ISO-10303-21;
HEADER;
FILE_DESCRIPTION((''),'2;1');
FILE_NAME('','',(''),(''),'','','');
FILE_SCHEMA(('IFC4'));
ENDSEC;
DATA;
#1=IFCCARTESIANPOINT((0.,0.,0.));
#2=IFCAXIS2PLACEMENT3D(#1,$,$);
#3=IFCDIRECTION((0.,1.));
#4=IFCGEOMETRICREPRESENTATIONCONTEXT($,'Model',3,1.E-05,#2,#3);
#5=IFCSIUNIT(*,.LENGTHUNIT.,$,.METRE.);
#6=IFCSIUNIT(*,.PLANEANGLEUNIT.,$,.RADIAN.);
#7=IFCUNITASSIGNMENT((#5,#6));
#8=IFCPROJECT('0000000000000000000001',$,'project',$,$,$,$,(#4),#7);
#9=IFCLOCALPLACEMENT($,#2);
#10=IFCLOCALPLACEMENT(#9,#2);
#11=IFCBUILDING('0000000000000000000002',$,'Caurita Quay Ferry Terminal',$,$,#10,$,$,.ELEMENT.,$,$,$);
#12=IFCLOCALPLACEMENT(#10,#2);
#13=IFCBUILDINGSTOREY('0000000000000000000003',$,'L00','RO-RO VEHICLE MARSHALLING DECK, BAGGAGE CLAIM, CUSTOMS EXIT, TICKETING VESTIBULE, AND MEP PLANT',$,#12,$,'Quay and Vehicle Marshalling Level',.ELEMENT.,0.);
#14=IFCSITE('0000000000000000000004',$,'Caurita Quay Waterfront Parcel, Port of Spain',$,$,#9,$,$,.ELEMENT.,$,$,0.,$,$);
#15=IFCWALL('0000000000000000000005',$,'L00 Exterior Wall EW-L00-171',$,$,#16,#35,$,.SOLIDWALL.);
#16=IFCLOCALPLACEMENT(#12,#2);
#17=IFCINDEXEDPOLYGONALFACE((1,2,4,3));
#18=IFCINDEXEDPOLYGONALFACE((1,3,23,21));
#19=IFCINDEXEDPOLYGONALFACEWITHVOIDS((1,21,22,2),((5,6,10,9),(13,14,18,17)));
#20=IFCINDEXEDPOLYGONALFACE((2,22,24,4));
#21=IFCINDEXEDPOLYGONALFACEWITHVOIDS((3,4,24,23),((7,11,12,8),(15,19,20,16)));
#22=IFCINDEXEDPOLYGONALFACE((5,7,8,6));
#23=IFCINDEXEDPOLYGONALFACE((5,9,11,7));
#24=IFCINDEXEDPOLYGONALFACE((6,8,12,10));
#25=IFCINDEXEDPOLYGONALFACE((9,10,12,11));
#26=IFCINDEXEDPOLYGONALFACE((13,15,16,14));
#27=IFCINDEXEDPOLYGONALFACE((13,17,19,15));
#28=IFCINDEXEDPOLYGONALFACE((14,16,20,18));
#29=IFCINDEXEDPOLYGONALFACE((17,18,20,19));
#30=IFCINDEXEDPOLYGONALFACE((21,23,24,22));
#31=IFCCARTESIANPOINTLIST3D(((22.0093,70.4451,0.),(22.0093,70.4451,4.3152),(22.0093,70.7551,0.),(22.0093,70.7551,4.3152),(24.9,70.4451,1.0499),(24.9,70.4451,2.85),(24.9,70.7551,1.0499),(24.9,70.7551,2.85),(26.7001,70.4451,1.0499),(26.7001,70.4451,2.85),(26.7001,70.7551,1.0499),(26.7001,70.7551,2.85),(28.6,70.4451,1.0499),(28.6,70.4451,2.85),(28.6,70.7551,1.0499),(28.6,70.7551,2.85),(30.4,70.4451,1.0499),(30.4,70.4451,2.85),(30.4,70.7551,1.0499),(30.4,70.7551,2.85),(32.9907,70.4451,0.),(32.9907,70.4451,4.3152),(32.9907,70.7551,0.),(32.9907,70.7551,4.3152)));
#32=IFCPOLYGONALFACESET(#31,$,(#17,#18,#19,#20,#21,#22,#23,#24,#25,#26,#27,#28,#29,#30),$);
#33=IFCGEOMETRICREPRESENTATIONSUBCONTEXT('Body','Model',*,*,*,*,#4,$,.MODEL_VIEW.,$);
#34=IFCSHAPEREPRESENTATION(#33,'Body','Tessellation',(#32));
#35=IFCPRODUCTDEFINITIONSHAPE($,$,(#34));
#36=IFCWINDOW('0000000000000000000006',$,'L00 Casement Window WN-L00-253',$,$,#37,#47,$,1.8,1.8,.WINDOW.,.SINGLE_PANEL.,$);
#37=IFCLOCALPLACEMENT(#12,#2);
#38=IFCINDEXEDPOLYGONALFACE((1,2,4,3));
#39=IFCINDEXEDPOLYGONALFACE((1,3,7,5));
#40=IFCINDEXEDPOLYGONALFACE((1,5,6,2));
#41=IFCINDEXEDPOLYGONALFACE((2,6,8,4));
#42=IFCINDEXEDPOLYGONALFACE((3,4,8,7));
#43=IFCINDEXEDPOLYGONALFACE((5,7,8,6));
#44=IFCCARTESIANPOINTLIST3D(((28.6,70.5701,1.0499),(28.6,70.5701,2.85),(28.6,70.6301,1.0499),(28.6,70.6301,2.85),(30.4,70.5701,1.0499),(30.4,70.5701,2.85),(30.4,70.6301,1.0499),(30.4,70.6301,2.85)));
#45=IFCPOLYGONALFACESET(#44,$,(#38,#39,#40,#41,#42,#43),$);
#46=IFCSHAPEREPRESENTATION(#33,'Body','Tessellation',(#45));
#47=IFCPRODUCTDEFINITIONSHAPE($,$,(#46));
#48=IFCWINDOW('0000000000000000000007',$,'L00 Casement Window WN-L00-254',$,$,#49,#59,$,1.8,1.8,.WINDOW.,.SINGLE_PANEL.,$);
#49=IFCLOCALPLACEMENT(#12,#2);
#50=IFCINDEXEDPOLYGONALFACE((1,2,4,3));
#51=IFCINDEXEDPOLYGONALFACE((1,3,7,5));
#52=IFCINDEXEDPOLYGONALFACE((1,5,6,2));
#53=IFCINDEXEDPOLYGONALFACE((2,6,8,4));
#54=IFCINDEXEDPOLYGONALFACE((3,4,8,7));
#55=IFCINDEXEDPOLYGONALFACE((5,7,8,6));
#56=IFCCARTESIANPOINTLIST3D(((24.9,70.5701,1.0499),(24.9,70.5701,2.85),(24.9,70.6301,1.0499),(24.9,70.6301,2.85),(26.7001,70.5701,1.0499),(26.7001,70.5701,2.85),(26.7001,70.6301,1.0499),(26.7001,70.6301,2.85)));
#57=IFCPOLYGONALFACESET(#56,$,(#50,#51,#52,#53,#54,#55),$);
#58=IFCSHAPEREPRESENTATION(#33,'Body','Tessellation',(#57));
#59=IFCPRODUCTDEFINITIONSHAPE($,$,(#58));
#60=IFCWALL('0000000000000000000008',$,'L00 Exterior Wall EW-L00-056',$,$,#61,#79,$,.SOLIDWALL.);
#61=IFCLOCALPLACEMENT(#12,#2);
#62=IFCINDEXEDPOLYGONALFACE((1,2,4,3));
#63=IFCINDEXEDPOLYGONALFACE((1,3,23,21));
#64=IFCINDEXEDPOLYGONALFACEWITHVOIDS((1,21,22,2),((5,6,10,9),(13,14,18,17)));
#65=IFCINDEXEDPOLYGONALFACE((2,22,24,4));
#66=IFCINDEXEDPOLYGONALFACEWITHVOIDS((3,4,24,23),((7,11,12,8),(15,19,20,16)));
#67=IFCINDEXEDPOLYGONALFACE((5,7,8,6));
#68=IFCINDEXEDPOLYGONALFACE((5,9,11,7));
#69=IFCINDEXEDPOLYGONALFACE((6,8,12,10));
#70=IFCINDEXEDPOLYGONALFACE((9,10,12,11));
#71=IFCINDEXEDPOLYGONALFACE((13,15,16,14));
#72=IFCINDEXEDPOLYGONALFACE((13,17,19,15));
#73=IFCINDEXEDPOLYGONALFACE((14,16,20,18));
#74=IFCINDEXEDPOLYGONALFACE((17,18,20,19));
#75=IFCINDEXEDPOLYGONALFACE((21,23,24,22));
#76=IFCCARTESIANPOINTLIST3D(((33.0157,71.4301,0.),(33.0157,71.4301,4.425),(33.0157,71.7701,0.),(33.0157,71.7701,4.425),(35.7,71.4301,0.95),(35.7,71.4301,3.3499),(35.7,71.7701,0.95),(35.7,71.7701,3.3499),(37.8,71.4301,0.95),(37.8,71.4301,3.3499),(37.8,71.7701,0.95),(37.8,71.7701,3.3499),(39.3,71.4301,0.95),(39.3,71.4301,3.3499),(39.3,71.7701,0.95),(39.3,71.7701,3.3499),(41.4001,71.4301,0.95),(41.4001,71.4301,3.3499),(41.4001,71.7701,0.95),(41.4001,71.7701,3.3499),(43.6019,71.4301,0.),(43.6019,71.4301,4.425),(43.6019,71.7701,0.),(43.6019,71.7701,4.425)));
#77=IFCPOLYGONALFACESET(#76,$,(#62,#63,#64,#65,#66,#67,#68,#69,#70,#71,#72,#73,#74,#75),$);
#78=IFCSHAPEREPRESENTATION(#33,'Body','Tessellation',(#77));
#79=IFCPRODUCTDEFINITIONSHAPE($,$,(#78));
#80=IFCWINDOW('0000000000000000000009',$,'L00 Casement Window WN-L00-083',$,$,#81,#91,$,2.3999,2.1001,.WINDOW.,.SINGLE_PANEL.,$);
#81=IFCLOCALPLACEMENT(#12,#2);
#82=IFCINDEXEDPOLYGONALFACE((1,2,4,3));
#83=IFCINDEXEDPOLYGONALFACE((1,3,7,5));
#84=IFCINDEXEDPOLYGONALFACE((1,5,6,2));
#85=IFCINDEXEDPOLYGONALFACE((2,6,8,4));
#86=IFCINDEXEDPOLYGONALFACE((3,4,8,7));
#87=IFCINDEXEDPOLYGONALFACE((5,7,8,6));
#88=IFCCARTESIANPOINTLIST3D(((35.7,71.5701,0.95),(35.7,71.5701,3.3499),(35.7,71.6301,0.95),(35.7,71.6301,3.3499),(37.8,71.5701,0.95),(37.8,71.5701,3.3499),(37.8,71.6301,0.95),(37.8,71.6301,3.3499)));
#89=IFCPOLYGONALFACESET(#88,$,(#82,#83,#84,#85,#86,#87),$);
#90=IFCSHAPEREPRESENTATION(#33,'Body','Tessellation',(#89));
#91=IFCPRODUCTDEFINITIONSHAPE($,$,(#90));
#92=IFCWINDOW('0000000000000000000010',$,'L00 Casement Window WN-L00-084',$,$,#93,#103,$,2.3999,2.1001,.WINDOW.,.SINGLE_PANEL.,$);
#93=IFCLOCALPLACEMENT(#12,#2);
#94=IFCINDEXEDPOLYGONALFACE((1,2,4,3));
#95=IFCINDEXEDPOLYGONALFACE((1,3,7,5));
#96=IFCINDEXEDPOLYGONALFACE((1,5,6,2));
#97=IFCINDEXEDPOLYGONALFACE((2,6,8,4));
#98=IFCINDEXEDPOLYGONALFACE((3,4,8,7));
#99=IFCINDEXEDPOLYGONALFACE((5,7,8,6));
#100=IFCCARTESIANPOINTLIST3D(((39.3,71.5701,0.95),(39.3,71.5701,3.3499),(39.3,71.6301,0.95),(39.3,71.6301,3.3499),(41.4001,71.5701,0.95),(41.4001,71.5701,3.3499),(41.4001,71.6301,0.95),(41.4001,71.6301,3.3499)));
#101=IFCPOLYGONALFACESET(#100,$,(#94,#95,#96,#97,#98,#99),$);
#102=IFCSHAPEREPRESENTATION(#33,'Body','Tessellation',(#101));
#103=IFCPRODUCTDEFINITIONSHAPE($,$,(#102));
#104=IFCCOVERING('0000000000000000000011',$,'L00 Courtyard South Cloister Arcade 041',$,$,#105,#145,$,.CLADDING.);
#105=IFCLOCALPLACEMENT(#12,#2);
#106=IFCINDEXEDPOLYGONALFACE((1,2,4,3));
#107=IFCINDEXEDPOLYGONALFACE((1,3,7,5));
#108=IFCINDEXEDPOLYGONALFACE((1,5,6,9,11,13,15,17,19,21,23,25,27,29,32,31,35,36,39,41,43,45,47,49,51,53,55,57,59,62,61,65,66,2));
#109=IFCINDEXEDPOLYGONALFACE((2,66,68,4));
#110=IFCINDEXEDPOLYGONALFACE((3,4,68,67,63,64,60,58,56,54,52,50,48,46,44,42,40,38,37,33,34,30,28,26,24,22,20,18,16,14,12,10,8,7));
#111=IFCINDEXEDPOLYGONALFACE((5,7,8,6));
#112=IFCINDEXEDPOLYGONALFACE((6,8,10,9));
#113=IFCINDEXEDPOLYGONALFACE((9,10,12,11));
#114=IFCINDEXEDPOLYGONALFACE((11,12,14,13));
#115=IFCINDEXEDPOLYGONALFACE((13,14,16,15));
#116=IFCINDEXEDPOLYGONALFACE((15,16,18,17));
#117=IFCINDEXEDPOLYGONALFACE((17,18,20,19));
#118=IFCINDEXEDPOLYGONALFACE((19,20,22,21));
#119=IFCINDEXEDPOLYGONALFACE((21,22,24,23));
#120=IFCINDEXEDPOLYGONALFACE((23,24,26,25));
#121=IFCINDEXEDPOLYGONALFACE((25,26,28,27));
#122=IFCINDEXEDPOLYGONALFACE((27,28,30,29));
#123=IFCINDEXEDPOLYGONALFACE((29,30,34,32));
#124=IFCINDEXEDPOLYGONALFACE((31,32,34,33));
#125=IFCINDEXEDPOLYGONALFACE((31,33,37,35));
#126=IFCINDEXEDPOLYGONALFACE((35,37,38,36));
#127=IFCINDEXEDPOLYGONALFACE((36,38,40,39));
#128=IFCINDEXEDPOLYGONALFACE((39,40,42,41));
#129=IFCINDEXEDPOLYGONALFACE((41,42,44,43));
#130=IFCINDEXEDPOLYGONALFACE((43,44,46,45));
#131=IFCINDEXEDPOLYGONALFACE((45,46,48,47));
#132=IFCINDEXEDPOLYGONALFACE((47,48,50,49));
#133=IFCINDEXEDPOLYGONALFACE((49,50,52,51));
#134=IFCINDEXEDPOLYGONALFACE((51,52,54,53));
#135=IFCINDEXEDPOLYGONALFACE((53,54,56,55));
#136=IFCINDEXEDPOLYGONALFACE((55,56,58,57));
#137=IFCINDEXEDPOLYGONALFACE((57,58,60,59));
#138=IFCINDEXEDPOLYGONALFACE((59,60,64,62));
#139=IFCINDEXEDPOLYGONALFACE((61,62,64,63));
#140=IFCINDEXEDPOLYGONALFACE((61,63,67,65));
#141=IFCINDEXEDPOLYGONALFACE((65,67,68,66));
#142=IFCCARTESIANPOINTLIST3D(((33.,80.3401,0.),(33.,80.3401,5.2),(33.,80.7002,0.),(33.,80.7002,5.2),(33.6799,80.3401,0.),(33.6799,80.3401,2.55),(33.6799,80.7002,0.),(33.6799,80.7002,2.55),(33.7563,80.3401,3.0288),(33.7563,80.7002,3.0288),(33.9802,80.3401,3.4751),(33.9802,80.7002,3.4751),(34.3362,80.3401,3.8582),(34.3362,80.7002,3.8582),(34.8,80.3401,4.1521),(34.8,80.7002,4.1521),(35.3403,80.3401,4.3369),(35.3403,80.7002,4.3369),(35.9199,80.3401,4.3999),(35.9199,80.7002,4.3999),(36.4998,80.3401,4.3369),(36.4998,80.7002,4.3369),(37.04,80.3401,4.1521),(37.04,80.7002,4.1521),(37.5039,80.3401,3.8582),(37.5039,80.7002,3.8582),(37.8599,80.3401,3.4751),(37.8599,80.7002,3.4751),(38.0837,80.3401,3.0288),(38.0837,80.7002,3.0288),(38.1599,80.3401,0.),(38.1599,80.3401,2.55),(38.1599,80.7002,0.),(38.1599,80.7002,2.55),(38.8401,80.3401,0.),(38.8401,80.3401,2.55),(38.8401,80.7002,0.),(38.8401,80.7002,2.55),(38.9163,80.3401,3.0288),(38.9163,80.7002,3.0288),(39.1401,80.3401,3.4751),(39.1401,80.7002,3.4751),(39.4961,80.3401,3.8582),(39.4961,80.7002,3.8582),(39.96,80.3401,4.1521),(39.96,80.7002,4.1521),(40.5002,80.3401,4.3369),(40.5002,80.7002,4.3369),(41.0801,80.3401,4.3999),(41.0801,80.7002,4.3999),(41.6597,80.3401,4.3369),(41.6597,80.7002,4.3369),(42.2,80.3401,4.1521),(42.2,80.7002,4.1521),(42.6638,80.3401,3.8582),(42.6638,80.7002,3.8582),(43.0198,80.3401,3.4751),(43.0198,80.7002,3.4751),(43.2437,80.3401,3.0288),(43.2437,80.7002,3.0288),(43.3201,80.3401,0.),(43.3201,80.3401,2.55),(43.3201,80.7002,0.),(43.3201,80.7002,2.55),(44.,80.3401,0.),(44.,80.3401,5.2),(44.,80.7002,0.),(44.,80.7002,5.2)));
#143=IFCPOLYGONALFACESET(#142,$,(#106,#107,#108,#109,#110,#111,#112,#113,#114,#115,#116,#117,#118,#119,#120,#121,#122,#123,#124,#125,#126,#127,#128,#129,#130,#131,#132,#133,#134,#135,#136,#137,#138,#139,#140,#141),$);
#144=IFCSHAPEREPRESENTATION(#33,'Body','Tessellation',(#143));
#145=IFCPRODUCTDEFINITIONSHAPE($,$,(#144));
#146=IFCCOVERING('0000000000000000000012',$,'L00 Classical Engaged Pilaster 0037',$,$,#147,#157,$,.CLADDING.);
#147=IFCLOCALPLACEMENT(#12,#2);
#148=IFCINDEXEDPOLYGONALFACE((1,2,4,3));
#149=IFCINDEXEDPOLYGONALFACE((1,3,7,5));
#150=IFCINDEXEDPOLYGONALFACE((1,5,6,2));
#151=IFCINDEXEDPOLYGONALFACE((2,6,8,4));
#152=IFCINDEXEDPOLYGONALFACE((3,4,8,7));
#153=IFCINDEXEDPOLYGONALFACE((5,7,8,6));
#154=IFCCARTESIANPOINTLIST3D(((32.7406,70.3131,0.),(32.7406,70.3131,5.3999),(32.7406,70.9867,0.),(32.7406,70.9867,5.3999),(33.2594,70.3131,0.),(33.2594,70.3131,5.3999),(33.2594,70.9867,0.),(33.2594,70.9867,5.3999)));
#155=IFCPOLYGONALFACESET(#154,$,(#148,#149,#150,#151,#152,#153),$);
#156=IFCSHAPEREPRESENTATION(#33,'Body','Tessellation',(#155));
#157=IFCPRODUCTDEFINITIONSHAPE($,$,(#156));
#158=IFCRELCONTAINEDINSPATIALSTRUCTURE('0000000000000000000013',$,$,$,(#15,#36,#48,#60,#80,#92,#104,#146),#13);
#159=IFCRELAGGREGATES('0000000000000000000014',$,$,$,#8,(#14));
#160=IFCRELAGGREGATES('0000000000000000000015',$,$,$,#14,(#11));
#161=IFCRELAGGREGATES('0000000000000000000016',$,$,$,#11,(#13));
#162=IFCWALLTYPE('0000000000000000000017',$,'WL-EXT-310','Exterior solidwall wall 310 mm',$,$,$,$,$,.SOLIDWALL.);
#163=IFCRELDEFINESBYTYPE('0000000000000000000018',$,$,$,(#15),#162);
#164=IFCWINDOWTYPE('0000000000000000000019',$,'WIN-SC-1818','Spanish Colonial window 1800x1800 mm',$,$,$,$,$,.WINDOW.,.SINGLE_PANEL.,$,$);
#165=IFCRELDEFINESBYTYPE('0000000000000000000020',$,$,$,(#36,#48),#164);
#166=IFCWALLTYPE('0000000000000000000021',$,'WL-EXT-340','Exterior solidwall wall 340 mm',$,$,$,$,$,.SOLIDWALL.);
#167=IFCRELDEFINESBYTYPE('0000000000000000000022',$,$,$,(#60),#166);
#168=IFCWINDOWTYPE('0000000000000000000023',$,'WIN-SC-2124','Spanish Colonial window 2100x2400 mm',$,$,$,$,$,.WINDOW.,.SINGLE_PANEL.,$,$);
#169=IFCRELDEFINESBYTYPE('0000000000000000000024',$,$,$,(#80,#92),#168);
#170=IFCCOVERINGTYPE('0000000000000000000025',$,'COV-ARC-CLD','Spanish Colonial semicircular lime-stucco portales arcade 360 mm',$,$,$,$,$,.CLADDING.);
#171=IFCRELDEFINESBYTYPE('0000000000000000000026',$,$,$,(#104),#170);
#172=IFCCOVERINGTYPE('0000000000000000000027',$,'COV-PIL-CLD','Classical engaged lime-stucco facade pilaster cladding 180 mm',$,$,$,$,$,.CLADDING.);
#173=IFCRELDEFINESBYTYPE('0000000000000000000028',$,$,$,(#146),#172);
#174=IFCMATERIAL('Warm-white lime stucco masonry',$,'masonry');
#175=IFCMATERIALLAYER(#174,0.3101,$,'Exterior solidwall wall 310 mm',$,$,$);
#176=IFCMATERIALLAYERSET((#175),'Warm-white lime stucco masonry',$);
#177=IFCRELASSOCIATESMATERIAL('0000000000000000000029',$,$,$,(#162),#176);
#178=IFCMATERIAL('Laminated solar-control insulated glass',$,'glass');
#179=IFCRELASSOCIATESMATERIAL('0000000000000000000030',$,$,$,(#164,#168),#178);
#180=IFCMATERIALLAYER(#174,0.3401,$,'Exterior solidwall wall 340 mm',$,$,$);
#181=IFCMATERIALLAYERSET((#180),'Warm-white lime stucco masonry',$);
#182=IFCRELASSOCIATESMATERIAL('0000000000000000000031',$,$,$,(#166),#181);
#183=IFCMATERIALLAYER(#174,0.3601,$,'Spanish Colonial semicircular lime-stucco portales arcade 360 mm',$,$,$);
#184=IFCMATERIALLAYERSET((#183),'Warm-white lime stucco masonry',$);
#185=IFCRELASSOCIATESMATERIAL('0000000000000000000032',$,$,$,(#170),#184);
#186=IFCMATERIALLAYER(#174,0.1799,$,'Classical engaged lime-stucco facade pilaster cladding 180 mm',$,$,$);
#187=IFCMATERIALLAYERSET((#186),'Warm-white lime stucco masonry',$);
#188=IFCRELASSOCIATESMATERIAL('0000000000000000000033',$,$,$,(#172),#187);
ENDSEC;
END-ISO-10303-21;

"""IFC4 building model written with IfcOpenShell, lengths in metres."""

from ifc_helpers import new_model, si_unit, direction, frame, frame_2d, origin, origin_2d, place, context, subcontext, project, spatial, polyline, rectangle, outline, extrude, material, layer, layer_set, type_object, element, fill, save


model = new_model("IFC4")

# Units and contexts
model_context = context("Model", 3, precision=1e-05, world=origin(), true_north=direction((0.0, 1.0)))
body_context = subcontext(model_context, "Body", "Model", "MODEL_VIEW")
ifc_project = project(units=[si_unit("LENGTHUNIT", "METRE"), si_unit("PLANEANGLEUNIT", "RADIAN")], contexts=[model_context])

# Site, building, storey
site_placement = place(None, origin())
site = spatial("IfcSite", under=ifc_project, at=site_placement, Name="Caurita Quay Waterfront Parcel, Port of Spain", CompositionType="ELEMENT", RefElevation=0.0)
building_placement = place(site_placement, origin())
building = spatial("IfcBuilding", under=site, at=building_placement, Name="Caurita Quay Ferry Terminal", CompositionType="ELEMENT")
storey_placement = place(building_placement, origin())
storey = spatial("IfcBuildingStorey", under=building, at=storey_placement, Name="L00", Description="RO-RO VEHICLE MARSHALLING DECK, BAGGAGE CLAIM, CUSTOMS EXIT, TICKETING VESTIBULE, AND MEP PLANT", LongName="Quay and Vehicle Marshalling Level", CompositionType="ELEMENT", Elevation=0.0)

# Shared definitions
ifc_material_1 = material(Name="Warm-white lime stucco masonry", Category="masonry")
ifc_layer_1 = layer(ifc_material_1, 0.3101, Name="Exterior solidwall wall 310 mm")
ifc_layer_set_1 = layer_set([ifc_layer_1], Name="Warm-white lime stucco masonry")
wall_type_1 = type_object("IfcWallType", Name="WL-EXT-310", Description="Exterior solidwall wall 310 mm", PredefinedType="SOLIDWALL", material=ifc_layer_set_1)

# Walls, openings, windows
wall_1_placement = place(storey_placement, frame((32.9907, 70.6001, 0.0), z_axis=(0.0, 0.0, 1.0), x_axis=(-1.0, 0.0, 0.0)))
wall_1 = element("IfcWall", 1, at=wall_1_placement, inside=storey, type_object=wall_type_1, Name="L00 Exterior Wall EW-L00-171", PredefinedType="SOLIDWALL", context=body_context, shape_type="SweptSolid", body=[
    extrude(rectangle(XDim=10.9814, YDim=0.3101, at=frame_2d((5.4907, 0.0))), origin(), (0.0, 0.0, 1.0), 4.3152),
])
opening_1_placement = place(wall_1_placement, frame((2.5908, 0.0, 1.05)))
opening_1 = element("IfcOpeningElement", 2, at=opening_1_placement, cuts=wall_1, PredefinedType="OPENING", context=body_context, shape_type="SweptSolid", body=[
    extrude(rectangle(XDim=1.8, YDim=1.8, at=frame_2d((0.8999, 0.8999))), frame((0.0, 0.165, 0.0), z_axis=(0.0, -1.0, 0.0), x_axis=(1.0, 0.0, 0.0)), (0.0, 0.0, 1.0), 0.3301),
])
opening_2_placement = place(wall_1_placement, frame((6.2908, 0.0, 1.05)))
opening_2 = element("IfcOpeningElement", 3, at=opening_2_placement, cuts=wall_1, PredefinedType="OPENING", context=body_context, shape_type="SweptSolid", body=[
    extrude(rectangle(XDim=1.8, YDim=1.8, at=frame_2d((0.8999, 0.8999))), frame((0.0, 0.165, 0.0), z_axis=(0.0, -1.0, 0.0), x_axis=(1.0, 0.0, 0.0)), (0.0, 0.0, 1.0), 0.3301),
])
ifc_material_2 = material(Name="Laminated solar-control insulated glass", Category="glass")
window_type_1 = type_object("IfcWindowType", Name="WIN-SC-1818", Description="Spanish Colonial window 1800x1800 mm", PartitioningType="SINGLE_PANEL", PredefinedType="WINDOW", material=ifc_material_2)
window_1_placement = place(opening_1_placement, origin())
window_1 = element("IfcWindow", 4, at=window_1_placement, inside=storey, type_object=window_type_1, Name="L00 Casement Window WN-L00-253", OverallHeight=1.8, OverallWidth=1.8, PartitioningType="SINGLE_PANEL", PredefinedType="WINDOW", context=body_context, shape_type="SweptSolid", body=[
    extrude(rectangle(XDim=1.8, YDim=1.8, at=frame_2d((0.8999, 0.8999))), frame((0.0, 0.03, 0.0), z_axis=(0.0, -1.0, 0.0), x_axis=(1.0, 0.0, 0.0)), (0.0, 0.0, 1.0), 0.0601),
])
fill(opening_1, window_1)
window_2_placement = place(opening_2_placement, origin())
window_2 = element("IfcWindow", 5, at=window_2_placement, inside=storey, type_object=window_type_1, Name="L00 Casement Window WN-L00-254", OverallHeight=1.8, OverallWidth=1.8, PartitioningType="SINGLE_PANEL", PredefinedType="WINDOW", context=body_context, shape_type="SweptSolid", body=[
    extrude(rectangle(XDim=1.8, YDim=1.8, at=frame_2d((0.8999, 0.8999))), frame((0.0, 0.03, 0.0), z_axis=(0.0, -1.0, 0.0), x_axis=(1.0, 0.0, 0.0)), (0.0, 0.0, 1.0), 0.0601),
])
fill(opening_2, window_2)
ifc_layer_2 = layer(ifc_material_1, 0.3401, Name="Exterior solidwall wall 340 mm")
ifc_layer_set_2 = layer_set([ifc_layer_2], Name="Warm-white lime stucco masonry")
wall_type_2 = type_object("IfcWallType", Name="WL-EXT-340", Description="Exterior solidwall wall 340 mm", PredefinedType="SOLIDWALL", material=ifc_layer_set_2)
wall_2_placement = place(storey_placement, frame((33.0159, 71.6001, 0.0), z_axis=(0.0, 0.0, 1.0), x_axis=(1.0, 0.0, 0.0)))
wall_2 = element("IfcWall", 6, at=wall_2_placement, inside=storey, type_object=wall_type_2, Name="L00 Exterior Wall EW-L00-056", PredefinedType="SOLIDWALL", context=body_context, shape_type="SweptSolid", body=[
    extrude(rectangle(XDim=10.5862, YDim=0.3401, at=frame_2d((5.293, 0.0))), origin(), (0.0, 0.0, 1.0), 4.425),
])
opening_3_placement = place(wall_2_placement, frame((2.6841, 0.0, 0.95)))
opening_3 = element("IfcOpeningElement", 7, at=opening_3_placement, cuts=wall_2, PredefinedType="OPENING", context=body_context, shape_type="SweptSolid", body=[
    extrude(rectangle(XDim=2.1001, YDim=2.3999, at=frame_2d((1.05, 1.2))), frame((0.0, 0.1799, 0.0), z_axis=(0.0, -1.0, 0.0), x_axis=(1.0, 0.0, 0.0)), (0.0, 0.0, 1.0), 0.3601),
])
opening_4_placement = place(wall_2_placement, frame((6.2842, 0.0, 0.95)))
opening_4 = element("IfcOpeningElement", 8, at=opening_4_placement, cuts=wall_2, PredefinedType="OPENING", context=body_context, shape_type="SweptSolid", body=[
    extrude(rectangle(XDim=2.1001, YDim=2.3999, at=frame_2d((1.05, 1.2))), frame((0.0, 0.1799, 0.0), z_axis=(0.0, -1.0, 0.0), x_axis=(1.0, 0.0, 0.0)), (0.0, 0.0, 1.0), 0.3601),
])
window_type_2 = type_object("IfcWindowType", Name="WIN-SC-2124", Description="Spanish Colonial window 2100x2400 mm", PartitioningType="SINGLE_PANEL", PredefinedType="WINDOW", material=ifc_material_2)
window_3_placement = place(opening_3_placement, origin())
window_3 = element("IfcWindow", 9, at=window_3_placement, inside=storey, type_object=window_type_2, Name="L00 Casement Window WN-L00-083", OverallHeight=2.3999, OverallWidth=2.1001, PartitioningType="SINGLE_PANEL", PredefinedType="WINDOW", context=body_context, shape_type="SweptSolid", body=[
    extrude(rectangle(XDim=2.1001, YDim=2.3999, at=frame_2d((1.05, 1.2))), frame((0.0, 0.03, 0.0), z_axis=(0.0, -1.0, 0.0), x_axis=(1.0, 0.0, 0.0)), (0.0, 0.0, 1.0), 0.0601),
])
fill(opening_3, window_3)
window_4_placement = place(opening_4_placement, origin())
window_4 = element("IfcWindow", 10, at=window_4_placement, inside=storey, type_object=window_type_2, Name="L00 Casement Window WN-L00-084", OverallHeight=2.3999, OverallWidth=2.1001, PartitioningType="SINGLE_PANEL", PredefinedType="WINDOW", context=body_context, shape_type="SweptSolid", body=[
    extrude(rectangle(XDim=2.1001, YDim=2.3999, at=frame_2d((1.05, 1.2))), frame((0.0, 0.03, 0.0), z_axis=(0.0, -1.0, 0.0), x_axis=(1.0, 0.0, 0.0)), (0.0, 0.0, 1.0), 0.0601),
])
fill(opening_4, window_4)

# Coverings
ifc_layer_3 = layer(ifc_material_1, 0.3601, Name="Spanish Colonial semicircular lime-stucco portales arcade 360 mm")
ifc_layer_set_3 = layer_set([ifc_layer_3], Name="Warm-white lime stucco masonry")
covering_type_1 = type_object("IfcCoveringType", Name="COV-ARC-CLD", Description="Spanish Colonial semicircular lime-stucco portales arcade 360 mm", PredefinedType="CLADDING", material=ifc_layer_set_3)
covering_1_placement = place(storey_placement, frame((33.0, 80.52, 0.0), z_axis=(0.0, 0.0, 1.0), x_axis=(1.0, 0.0, 0.0)))
element("IfcCovering", 11, at=covering_1_placement, inside=storey, type_object=covering_type_1, Name="L00 Courtyard South Cloister Arcade 041", PredefinedType="CLADDING", context=body_context, shape_type="SweptSolid", body=[
    extrude(outline(polyline([(0.0, 0.0), (0.6799, 0.0), (0.6799, 2.55), (0.7563, 3.0288), (0.9802, 3.4751), (1.3362, 3.8582), (1.8, 4.1521), (2.3403, 4.3369), (2.9199, 4.3999), (3.4998, 4.3369), (4.04, 4.1521), (4.5039, 3.8582), (4.8599, 3.4751), (5.0837, 3.0288), (5.1599, 2.55), (5.1599, 0.0), (5.8401, 0.0), (5.8401, 2.55), (5.9163, 3.0288), (6.1401, 3.4751), (6.4961, 3.8582), (6.96, 4.1521), (7.5002, 4.3369), (8.0801, 4.3999), (8.6597, 4.3369), (9.2, 4.1521), (9.6638, 3.8582), (10.0198, 3.4751), (10.2437, 3.0288), (10.3201, 2.55), (10.3201, 0.0), (11.0, 0.0), (11.0, 5.2), (0.0, 5.2), (0.0, 0.0)])), frame((0.0, 0.1802, 0.0), z_axis=(0.0, -1.0, 0.0), x_axis=(1.0, 0.0, 0.0)), (0.0, 0.0, 1.0), 0.3601),
])
ifc_layer_4 = layer(ifc_material_1, 0.1799, Name="Classical engaged lime-stucco facade pilaster cladding 180 mm")
ifc_layer_set_4 = layer_set([ifc_layer_4], Name="Warm-white lime stucco masonry")
covering_type_2 = type_object("IfcCoveringType", Name="COV-PIL-CLD", Description="Classical engaged lime-stucco facade pilaster cladding 180 mm", PredefinedType="CLADDING", material=ifc_layer_set_4)
covering_2_placement = place(storey_placement, frame((33.0, 70.6499, 0.0), z_axis=(0.0, 0.0, 1.0), x_axis=(1.0, 0.0, 0.0)))
element("IfcCovering", 12, at=covering_2_placement, inside=storey, type_object=covering_type_2, Name="L00 Classical Engaged Pilaster 0037", PredefinedType="CLADDING", context=body_context, shape_type="SweptSolid", body=[
    extrude(rectangle(XDim=0.5188, YDim=0.6736, at=origin_2d()), origin(), (0.0, 0.0, 1.0), 5.3999),
])

save(model, "model.ifc")
